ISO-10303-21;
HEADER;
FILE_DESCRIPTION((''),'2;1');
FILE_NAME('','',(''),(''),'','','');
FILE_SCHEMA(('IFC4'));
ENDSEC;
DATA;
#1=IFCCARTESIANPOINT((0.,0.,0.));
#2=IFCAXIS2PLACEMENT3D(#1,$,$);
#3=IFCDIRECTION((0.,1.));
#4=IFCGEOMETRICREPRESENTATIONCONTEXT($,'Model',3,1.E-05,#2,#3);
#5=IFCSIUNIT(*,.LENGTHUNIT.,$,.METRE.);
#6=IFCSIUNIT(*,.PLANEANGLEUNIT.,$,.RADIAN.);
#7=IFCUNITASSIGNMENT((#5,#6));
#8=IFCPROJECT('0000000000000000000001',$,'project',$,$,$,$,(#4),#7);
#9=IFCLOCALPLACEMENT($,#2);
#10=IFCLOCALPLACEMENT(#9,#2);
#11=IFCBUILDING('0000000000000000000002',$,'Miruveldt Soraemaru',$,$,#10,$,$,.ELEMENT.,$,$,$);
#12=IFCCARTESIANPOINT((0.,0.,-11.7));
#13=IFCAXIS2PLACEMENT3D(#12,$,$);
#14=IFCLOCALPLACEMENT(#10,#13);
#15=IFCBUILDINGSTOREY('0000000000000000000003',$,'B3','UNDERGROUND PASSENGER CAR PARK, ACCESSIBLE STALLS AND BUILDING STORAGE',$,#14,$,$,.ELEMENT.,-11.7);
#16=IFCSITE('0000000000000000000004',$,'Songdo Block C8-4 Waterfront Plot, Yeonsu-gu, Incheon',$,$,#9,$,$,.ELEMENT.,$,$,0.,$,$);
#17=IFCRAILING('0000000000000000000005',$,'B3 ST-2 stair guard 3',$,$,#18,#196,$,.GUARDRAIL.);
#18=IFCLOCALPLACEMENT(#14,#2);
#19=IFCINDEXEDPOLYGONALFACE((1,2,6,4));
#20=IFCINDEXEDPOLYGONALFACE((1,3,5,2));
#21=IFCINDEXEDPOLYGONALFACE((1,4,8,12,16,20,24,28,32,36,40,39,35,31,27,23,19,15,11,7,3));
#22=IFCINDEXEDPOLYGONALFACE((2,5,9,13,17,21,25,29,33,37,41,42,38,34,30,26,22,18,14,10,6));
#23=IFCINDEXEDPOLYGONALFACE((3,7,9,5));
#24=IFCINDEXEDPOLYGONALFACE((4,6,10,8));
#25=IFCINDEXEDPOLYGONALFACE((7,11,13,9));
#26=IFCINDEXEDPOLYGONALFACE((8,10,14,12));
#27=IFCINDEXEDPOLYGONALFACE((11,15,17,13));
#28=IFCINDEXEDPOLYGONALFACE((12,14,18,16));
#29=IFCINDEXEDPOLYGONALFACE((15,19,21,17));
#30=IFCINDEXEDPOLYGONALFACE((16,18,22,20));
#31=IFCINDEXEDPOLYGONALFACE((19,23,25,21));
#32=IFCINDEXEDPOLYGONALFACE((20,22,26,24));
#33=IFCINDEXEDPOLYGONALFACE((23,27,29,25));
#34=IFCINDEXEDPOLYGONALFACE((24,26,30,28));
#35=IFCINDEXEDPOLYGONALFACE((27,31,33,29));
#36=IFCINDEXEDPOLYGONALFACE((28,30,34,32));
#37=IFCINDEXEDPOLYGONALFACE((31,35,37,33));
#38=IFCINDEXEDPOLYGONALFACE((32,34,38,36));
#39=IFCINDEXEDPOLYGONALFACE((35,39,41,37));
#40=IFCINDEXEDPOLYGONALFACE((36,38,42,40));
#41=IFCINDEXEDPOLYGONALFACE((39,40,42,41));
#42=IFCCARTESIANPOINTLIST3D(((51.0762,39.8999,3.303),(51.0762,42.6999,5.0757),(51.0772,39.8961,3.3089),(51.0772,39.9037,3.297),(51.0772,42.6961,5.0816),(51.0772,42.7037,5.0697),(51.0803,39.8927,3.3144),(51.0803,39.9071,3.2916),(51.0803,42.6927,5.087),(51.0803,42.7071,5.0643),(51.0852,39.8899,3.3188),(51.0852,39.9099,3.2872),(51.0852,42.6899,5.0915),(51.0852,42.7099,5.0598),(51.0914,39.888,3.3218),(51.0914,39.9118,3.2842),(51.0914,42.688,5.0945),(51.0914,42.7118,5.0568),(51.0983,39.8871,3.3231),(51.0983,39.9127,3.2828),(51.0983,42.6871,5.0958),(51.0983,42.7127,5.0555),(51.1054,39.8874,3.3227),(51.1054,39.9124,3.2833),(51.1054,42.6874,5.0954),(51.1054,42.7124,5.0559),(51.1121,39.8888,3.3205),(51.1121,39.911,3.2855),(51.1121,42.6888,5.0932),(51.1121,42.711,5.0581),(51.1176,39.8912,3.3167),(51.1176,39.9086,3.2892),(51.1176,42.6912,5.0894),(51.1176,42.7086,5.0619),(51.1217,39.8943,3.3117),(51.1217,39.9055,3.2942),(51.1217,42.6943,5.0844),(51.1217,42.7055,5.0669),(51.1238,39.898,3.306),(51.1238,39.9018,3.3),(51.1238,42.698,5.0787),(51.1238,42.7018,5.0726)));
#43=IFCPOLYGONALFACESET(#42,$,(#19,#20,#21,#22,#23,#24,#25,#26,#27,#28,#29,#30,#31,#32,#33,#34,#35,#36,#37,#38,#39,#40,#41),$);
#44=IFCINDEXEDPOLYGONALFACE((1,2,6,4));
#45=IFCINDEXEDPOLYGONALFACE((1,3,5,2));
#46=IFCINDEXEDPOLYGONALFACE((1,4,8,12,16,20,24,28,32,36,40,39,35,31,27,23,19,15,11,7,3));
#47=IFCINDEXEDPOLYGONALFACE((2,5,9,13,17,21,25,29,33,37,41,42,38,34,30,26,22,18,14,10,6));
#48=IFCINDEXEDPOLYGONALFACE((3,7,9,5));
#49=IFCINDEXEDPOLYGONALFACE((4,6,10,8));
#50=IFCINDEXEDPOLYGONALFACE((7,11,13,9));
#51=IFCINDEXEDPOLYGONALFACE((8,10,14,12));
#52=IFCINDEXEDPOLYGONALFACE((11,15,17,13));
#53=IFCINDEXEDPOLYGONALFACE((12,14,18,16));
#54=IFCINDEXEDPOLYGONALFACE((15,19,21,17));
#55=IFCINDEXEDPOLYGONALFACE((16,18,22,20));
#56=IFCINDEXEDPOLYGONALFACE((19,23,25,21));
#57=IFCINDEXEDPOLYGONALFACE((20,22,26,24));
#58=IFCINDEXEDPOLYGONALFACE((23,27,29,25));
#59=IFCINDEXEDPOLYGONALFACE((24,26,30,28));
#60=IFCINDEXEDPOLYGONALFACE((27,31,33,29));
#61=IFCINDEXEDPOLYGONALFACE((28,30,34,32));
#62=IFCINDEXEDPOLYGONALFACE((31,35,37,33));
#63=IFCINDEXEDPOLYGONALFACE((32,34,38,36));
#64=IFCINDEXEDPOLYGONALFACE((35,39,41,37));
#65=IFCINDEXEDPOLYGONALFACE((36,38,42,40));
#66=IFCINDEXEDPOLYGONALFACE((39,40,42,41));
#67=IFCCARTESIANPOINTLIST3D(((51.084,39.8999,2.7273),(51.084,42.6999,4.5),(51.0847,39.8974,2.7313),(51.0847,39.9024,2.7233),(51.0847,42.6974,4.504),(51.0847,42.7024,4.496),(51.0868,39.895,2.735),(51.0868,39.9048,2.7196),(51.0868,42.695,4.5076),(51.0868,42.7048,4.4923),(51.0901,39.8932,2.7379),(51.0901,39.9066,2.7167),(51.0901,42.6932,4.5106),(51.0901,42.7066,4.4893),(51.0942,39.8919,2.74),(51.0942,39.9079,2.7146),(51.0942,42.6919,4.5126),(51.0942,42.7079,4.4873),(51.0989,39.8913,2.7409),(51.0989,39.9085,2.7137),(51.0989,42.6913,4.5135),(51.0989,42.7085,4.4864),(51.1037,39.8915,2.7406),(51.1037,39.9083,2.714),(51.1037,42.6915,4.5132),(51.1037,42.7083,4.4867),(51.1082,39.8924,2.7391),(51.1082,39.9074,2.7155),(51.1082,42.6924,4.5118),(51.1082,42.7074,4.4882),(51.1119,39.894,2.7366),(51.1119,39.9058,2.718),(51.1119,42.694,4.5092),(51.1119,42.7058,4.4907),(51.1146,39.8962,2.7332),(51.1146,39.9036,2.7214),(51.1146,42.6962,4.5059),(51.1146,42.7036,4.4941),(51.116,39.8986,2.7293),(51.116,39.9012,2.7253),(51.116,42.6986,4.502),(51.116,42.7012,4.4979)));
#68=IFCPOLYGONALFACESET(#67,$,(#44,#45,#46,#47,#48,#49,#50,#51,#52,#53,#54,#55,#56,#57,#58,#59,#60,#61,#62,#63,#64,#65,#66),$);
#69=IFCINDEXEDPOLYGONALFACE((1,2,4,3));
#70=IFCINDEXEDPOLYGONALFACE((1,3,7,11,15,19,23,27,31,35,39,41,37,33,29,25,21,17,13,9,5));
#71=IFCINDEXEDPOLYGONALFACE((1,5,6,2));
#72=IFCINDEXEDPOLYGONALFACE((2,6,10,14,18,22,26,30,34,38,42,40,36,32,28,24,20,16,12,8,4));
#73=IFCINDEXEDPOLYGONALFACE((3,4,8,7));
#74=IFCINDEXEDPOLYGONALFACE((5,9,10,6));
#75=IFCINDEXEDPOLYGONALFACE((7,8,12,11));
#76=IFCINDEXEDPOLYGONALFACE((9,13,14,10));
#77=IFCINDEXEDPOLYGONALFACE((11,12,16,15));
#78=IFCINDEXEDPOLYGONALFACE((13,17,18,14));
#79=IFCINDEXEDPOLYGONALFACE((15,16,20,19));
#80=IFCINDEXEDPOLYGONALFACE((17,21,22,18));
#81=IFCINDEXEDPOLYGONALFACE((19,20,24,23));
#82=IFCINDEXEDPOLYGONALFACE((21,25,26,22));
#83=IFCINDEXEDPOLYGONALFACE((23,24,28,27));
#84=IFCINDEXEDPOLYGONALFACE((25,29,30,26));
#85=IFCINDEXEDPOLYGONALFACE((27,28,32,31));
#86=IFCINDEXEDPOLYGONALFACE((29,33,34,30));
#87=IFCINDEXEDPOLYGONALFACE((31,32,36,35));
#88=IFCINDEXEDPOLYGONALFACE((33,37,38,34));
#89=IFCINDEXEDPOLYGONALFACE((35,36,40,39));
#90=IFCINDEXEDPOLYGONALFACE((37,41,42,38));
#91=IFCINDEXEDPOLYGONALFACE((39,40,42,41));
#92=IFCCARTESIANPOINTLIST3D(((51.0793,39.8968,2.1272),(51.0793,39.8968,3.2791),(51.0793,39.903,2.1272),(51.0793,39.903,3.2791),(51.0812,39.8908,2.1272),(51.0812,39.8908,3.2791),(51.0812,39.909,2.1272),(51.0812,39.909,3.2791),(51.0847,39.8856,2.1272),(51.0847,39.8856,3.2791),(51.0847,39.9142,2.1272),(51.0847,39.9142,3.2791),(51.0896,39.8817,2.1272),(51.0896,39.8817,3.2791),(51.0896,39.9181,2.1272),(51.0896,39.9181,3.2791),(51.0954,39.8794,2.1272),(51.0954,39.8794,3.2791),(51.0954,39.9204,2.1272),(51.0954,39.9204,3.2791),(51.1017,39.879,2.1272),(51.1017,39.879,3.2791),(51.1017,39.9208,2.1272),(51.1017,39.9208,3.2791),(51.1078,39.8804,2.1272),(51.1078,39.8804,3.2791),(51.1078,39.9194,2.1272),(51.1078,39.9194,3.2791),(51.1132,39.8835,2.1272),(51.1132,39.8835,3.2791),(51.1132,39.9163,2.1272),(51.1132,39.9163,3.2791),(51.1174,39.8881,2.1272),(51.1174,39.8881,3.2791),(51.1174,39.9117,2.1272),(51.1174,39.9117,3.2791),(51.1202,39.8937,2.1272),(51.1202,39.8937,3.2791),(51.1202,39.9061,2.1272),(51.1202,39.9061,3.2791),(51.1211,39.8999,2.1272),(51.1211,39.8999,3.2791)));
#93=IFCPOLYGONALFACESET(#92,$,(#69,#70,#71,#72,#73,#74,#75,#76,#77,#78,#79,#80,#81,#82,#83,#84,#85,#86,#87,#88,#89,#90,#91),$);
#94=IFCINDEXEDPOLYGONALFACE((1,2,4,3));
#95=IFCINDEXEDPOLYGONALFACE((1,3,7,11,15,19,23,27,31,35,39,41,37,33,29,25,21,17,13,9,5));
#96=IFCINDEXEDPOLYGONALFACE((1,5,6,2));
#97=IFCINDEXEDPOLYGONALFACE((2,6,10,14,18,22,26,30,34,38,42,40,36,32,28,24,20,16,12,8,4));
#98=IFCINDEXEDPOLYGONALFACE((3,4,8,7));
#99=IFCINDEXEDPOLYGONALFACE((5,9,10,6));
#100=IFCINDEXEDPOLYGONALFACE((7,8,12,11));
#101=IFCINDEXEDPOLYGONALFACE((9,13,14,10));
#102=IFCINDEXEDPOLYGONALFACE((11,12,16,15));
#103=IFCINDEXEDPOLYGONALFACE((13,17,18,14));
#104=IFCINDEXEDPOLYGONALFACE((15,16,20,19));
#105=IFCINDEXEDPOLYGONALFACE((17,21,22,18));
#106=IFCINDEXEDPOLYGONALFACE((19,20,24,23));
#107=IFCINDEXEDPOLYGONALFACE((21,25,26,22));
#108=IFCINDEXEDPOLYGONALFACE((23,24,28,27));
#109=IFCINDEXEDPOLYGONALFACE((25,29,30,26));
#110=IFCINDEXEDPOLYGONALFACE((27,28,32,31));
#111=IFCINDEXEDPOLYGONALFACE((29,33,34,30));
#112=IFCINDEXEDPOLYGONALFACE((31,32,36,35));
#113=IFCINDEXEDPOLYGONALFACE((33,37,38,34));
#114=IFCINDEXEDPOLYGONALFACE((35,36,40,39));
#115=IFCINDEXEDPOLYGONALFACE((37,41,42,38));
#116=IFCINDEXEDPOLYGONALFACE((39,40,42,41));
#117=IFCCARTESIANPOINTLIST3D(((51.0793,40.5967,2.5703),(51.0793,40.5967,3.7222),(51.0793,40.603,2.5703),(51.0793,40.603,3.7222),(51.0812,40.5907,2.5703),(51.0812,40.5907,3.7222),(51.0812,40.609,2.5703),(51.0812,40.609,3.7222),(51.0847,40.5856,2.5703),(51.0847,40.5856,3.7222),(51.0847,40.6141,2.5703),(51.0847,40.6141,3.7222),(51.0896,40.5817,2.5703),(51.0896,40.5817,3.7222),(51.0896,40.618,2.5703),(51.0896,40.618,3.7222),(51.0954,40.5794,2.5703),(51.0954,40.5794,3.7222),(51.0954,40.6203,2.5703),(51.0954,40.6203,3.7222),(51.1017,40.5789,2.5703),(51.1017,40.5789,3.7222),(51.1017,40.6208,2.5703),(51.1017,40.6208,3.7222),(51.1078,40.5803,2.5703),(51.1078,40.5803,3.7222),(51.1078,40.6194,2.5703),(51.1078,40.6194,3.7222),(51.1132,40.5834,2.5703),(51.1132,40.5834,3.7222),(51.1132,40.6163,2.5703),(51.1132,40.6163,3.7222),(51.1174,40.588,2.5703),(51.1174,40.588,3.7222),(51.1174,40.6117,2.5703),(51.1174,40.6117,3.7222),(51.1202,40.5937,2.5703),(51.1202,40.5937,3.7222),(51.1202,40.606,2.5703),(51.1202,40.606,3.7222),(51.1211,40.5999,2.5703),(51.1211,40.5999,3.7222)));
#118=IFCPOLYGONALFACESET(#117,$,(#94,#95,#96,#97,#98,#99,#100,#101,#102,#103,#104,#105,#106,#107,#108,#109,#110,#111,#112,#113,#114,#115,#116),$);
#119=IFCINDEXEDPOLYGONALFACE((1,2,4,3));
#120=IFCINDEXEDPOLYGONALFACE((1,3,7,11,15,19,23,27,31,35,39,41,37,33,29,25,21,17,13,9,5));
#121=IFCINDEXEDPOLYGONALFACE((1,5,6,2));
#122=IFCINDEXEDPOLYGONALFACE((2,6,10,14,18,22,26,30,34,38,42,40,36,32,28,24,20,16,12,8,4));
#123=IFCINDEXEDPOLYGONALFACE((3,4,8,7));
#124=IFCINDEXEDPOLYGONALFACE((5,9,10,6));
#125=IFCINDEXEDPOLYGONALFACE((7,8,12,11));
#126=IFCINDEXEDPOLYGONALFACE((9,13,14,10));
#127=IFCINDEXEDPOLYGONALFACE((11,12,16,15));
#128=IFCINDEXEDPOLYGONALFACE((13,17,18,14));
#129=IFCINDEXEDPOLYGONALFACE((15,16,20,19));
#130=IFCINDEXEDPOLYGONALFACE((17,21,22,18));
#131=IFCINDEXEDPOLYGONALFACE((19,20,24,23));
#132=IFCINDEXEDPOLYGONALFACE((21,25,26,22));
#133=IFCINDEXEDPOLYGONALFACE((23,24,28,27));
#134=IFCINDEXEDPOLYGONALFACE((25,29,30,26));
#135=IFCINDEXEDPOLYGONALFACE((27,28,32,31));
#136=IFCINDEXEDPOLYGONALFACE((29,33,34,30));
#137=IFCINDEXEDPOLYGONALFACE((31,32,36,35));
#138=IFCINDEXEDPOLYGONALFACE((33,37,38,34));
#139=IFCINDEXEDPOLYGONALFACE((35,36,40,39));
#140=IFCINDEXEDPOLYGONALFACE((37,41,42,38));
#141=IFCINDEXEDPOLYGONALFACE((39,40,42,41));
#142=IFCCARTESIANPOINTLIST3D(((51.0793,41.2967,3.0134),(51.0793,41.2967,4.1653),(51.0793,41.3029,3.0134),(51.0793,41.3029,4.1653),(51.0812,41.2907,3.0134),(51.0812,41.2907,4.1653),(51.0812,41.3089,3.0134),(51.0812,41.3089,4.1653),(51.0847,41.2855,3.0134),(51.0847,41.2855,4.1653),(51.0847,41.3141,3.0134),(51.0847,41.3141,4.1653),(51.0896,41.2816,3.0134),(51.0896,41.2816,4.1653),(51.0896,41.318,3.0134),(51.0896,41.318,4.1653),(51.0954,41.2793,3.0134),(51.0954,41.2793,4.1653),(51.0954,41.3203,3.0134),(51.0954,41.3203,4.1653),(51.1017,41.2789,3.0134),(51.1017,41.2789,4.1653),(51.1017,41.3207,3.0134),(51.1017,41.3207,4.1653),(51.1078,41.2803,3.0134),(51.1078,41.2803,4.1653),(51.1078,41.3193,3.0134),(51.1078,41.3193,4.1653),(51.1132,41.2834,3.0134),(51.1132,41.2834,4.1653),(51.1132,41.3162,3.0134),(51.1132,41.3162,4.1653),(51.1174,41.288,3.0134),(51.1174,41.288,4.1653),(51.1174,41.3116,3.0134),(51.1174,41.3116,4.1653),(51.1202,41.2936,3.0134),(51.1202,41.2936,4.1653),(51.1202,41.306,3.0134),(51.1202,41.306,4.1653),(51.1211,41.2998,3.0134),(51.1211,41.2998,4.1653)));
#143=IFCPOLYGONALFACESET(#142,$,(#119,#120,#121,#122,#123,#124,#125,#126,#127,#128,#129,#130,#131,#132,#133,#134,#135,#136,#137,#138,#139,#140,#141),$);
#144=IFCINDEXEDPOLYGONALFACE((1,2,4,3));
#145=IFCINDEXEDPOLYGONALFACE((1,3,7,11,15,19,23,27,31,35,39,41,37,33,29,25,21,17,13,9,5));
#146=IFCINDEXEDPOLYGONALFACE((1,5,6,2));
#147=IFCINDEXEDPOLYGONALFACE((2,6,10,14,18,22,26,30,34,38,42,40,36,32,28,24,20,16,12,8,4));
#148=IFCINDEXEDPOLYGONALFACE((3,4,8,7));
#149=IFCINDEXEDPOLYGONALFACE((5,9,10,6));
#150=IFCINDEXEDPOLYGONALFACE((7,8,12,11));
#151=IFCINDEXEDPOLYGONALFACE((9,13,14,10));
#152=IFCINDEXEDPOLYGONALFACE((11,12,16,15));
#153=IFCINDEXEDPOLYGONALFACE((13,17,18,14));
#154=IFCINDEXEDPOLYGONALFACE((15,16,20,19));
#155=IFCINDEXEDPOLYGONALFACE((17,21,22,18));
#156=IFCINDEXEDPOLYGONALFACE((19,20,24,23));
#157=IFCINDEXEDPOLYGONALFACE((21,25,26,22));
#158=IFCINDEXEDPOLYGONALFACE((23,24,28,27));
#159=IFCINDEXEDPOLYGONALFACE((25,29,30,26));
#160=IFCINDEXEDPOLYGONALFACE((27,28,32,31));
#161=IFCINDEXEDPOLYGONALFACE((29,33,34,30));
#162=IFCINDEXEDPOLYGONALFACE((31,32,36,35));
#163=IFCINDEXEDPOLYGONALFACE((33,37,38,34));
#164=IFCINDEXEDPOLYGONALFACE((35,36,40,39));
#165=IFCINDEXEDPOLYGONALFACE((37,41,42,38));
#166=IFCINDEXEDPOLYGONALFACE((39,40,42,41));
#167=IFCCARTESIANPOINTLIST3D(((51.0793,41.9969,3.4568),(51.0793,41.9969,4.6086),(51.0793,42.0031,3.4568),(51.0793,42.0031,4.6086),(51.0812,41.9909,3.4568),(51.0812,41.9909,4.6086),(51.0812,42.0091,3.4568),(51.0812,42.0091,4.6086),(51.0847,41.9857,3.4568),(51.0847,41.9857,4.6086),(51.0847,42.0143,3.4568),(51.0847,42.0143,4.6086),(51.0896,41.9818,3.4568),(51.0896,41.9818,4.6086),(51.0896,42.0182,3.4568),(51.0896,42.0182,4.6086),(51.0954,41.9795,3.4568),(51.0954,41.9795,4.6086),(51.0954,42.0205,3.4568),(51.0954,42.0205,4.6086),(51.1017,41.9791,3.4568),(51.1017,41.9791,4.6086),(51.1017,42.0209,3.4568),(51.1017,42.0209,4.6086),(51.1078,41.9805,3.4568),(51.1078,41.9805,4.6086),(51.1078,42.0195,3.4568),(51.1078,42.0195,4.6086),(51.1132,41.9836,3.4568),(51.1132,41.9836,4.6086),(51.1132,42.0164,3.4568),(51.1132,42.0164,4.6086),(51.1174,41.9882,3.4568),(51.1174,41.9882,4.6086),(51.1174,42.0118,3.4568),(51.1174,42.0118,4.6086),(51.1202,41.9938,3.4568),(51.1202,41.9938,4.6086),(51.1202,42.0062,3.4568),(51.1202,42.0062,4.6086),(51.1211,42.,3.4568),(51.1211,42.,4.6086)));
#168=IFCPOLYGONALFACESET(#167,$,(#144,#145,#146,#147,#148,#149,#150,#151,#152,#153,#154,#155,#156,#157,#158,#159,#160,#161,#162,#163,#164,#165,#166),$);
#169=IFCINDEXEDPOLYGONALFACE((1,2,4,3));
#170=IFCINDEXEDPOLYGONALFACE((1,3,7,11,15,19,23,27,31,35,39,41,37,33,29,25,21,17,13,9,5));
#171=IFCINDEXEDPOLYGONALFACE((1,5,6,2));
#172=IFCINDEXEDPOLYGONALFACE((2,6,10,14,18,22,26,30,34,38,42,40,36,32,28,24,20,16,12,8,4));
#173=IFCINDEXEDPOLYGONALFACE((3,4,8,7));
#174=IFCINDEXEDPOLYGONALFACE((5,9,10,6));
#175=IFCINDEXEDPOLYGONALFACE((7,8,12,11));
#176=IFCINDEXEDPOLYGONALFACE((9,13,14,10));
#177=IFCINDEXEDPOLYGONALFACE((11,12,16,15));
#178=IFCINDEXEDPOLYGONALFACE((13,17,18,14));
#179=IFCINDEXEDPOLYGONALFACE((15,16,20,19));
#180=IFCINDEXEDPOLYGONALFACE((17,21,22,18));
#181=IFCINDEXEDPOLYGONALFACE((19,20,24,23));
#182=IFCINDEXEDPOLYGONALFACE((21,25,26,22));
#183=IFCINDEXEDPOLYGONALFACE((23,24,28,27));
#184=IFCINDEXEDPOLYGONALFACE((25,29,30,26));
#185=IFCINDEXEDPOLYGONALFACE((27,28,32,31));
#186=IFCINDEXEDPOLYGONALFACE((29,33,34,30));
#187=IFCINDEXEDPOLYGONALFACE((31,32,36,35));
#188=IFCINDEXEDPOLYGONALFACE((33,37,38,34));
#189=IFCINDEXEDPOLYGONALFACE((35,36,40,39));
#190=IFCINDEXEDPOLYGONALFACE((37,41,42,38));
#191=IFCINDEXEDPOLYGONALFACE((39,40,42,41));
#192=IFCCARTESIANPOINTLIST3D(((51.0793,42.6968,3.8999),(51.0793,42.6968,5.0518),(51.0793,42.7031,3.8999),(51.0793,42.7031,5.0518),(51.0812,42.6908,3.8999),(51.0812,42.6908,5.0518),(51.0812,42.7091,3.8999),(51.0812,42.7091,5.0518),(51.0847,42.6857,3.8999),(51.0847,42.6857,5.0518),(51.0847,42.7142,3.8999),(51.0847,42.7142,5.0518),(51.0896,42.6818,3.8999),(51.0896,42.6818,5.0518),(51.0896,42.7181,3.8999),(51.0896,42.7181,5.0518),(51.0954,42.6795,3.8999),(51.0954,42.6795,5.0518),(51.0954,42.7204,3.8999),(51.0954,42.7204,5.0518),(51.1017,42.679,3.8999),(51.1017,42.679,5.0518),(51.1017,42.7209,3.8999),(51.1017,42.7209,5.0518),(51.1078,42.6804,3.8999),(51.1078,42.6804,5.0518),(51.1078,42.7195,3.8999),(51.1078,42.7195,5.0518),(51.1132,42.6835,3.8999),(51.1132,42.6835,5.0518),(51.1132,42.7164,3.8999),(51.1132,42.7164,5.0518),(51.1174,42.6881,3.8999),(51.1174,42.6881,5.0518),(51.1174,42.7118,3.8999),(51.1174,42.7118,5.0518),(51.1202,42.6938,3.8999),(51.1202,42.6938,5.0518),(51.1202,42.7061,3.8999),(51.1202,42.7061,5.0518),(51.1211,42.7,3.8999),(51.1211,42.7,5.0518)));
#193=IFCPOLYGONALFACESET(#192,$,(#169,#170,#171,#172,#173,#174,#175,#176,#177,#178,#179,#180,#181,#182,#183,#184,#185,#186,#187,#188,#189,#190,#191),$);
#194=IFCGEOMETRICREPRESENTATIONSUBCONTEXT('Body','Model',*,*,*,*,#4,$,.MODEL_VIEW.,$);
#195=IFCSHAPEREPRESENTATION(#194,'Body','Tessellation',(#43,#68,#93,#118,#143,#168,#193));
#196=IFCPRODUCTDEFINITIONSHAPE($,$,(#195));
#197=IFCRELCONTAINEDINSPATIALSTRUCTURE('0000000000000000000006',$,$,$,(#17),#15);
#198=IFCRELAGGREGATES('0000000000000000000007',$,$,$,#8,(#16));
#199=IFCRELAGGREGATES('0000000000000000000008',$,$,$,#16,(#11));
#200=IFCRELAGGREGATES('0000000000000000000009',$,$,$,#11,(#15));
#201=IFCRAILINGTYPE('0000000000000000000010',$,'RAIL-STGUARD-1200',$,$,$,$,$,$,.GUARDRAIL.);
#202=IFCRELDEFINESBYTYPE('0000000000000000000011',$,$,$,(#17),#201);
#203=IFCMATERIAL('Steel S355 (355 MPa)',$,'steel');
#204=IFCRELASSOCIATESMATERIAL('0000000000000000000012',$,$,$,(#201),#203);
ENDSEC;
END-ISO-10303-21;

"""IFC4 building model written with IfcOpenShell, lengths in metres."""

from ifc_helpers import new_model, si_unit, direction, frame, origin, origin_2d, place, context, subcontext, project, spatial, circle, extrude, material, type_object, element, save


model = new_model("IFC4")

# Units and contexts
model_context = context("Model", 3, precision=1e-05, world=origin(), true_north=direction((0.0, 1.0)))
body_context = subcontext(model_context, "Body", "Model", "MODEL_VIEW")
ifc_project = project(units=[si_unit("LENGTHUNIT", "METRE"), si_unit("PLANEANGLEUNIT", "RADIAN")], contexts=[model_context])

# Site, building, storey
site_placement = place(None, origin())
site = spatial("IfcSite", under=ifc_project, at=site_placement, Name="Songdo Block C8-4 Waterfront Plot, Yeonsu-gu, Incheon", CompositionType="ELEMENT", RefElevation=0.0)
building_placement = place(site_placement, origin())
building = spatial("IfcBuilding", under=site, at=building_placement, Name="Miruveldt Soraemaru", CompositionType="ELEMENT")
storey_placement = place(building_placement, frame((0.0, 0.0, -11.7)))
storey = spatial("IfcBuildingStorey", under=building, at=storey_placement, Name="B3", Description="UNDERGROUND PASSENGER CAR PARK, ACCESSIBLE STALLS AND BUILDING STORAGE", CompositionType="ELEMENT", Elevation=-11.7)

# Shared definitions
ifc_material_1 = material(Name="Steel S355 (355 MPa)", Category="steel")

# Railing
railing_type_1 = type_object("IfcRailingType", Name="RAIL-STGUARD-1200", PredefinedType="GUARDRAIL", material=ifc_material_1)
railing_1_placement = place(storey_placement, frame((51.1001, 39.8999, 2.1272)))
element("IfcRailing", 1, at=railing_1_placement, inside=storey, type_object=railing_type_1, Name="B3 ST-2 stair guard 3", PredefinedType="GUARDRAIL", context=body_context, shape_type="SweptSolid", body=[
    extrude(circle(Radius=0.0239, at=origin_2d()), frame((0.0, 0.0, 1.1758), z_axis=(0.0, 0.844909, 0.53491), x_axis=(-1.0, 0.0, 0.0)), (0.0, 0.0, 1.0), 3.314),
    extrude(circle(Radius=0.0161, at=origin_2d()), frame((0.0, 0.0, 0.6001), z_axis=(0.0, 0.844909, 0.53491), x_axis=(-1.0, 0.0, 0.0)), (0.0, 0.0, 1.0), 3.314),
    extrude(circle(Radius=0.021, at=origin_2d()), origin(), (0.0, 0.0, 1.0), 1.1519),
    extrude(circle(Radius=0.021, at=origin_2d()), frame((0.0, 0.7, 0.4431)), (0.0, 0.0, 1.0), 1.1519),
    extrude(circle(Radius=0.021, at=origin_2d()), frame((0.0, 1.3999, 0.8862)), (0.0, 0.0, 1.0), 1.1519),
    extrude(circle(Radius=0.021, at=origin_2d()), frame((0.0, 2.1001, 1.3296)), (0.0, 0.0, 1.0), 1.1519),
    extrude(circle(Radius=0.021, at=origin_2d()), frame((0.0, 2.8, 1.7727)), (0.0, 0.0, 1.0), 1.1519),
])

save(model, "model.ifc")
